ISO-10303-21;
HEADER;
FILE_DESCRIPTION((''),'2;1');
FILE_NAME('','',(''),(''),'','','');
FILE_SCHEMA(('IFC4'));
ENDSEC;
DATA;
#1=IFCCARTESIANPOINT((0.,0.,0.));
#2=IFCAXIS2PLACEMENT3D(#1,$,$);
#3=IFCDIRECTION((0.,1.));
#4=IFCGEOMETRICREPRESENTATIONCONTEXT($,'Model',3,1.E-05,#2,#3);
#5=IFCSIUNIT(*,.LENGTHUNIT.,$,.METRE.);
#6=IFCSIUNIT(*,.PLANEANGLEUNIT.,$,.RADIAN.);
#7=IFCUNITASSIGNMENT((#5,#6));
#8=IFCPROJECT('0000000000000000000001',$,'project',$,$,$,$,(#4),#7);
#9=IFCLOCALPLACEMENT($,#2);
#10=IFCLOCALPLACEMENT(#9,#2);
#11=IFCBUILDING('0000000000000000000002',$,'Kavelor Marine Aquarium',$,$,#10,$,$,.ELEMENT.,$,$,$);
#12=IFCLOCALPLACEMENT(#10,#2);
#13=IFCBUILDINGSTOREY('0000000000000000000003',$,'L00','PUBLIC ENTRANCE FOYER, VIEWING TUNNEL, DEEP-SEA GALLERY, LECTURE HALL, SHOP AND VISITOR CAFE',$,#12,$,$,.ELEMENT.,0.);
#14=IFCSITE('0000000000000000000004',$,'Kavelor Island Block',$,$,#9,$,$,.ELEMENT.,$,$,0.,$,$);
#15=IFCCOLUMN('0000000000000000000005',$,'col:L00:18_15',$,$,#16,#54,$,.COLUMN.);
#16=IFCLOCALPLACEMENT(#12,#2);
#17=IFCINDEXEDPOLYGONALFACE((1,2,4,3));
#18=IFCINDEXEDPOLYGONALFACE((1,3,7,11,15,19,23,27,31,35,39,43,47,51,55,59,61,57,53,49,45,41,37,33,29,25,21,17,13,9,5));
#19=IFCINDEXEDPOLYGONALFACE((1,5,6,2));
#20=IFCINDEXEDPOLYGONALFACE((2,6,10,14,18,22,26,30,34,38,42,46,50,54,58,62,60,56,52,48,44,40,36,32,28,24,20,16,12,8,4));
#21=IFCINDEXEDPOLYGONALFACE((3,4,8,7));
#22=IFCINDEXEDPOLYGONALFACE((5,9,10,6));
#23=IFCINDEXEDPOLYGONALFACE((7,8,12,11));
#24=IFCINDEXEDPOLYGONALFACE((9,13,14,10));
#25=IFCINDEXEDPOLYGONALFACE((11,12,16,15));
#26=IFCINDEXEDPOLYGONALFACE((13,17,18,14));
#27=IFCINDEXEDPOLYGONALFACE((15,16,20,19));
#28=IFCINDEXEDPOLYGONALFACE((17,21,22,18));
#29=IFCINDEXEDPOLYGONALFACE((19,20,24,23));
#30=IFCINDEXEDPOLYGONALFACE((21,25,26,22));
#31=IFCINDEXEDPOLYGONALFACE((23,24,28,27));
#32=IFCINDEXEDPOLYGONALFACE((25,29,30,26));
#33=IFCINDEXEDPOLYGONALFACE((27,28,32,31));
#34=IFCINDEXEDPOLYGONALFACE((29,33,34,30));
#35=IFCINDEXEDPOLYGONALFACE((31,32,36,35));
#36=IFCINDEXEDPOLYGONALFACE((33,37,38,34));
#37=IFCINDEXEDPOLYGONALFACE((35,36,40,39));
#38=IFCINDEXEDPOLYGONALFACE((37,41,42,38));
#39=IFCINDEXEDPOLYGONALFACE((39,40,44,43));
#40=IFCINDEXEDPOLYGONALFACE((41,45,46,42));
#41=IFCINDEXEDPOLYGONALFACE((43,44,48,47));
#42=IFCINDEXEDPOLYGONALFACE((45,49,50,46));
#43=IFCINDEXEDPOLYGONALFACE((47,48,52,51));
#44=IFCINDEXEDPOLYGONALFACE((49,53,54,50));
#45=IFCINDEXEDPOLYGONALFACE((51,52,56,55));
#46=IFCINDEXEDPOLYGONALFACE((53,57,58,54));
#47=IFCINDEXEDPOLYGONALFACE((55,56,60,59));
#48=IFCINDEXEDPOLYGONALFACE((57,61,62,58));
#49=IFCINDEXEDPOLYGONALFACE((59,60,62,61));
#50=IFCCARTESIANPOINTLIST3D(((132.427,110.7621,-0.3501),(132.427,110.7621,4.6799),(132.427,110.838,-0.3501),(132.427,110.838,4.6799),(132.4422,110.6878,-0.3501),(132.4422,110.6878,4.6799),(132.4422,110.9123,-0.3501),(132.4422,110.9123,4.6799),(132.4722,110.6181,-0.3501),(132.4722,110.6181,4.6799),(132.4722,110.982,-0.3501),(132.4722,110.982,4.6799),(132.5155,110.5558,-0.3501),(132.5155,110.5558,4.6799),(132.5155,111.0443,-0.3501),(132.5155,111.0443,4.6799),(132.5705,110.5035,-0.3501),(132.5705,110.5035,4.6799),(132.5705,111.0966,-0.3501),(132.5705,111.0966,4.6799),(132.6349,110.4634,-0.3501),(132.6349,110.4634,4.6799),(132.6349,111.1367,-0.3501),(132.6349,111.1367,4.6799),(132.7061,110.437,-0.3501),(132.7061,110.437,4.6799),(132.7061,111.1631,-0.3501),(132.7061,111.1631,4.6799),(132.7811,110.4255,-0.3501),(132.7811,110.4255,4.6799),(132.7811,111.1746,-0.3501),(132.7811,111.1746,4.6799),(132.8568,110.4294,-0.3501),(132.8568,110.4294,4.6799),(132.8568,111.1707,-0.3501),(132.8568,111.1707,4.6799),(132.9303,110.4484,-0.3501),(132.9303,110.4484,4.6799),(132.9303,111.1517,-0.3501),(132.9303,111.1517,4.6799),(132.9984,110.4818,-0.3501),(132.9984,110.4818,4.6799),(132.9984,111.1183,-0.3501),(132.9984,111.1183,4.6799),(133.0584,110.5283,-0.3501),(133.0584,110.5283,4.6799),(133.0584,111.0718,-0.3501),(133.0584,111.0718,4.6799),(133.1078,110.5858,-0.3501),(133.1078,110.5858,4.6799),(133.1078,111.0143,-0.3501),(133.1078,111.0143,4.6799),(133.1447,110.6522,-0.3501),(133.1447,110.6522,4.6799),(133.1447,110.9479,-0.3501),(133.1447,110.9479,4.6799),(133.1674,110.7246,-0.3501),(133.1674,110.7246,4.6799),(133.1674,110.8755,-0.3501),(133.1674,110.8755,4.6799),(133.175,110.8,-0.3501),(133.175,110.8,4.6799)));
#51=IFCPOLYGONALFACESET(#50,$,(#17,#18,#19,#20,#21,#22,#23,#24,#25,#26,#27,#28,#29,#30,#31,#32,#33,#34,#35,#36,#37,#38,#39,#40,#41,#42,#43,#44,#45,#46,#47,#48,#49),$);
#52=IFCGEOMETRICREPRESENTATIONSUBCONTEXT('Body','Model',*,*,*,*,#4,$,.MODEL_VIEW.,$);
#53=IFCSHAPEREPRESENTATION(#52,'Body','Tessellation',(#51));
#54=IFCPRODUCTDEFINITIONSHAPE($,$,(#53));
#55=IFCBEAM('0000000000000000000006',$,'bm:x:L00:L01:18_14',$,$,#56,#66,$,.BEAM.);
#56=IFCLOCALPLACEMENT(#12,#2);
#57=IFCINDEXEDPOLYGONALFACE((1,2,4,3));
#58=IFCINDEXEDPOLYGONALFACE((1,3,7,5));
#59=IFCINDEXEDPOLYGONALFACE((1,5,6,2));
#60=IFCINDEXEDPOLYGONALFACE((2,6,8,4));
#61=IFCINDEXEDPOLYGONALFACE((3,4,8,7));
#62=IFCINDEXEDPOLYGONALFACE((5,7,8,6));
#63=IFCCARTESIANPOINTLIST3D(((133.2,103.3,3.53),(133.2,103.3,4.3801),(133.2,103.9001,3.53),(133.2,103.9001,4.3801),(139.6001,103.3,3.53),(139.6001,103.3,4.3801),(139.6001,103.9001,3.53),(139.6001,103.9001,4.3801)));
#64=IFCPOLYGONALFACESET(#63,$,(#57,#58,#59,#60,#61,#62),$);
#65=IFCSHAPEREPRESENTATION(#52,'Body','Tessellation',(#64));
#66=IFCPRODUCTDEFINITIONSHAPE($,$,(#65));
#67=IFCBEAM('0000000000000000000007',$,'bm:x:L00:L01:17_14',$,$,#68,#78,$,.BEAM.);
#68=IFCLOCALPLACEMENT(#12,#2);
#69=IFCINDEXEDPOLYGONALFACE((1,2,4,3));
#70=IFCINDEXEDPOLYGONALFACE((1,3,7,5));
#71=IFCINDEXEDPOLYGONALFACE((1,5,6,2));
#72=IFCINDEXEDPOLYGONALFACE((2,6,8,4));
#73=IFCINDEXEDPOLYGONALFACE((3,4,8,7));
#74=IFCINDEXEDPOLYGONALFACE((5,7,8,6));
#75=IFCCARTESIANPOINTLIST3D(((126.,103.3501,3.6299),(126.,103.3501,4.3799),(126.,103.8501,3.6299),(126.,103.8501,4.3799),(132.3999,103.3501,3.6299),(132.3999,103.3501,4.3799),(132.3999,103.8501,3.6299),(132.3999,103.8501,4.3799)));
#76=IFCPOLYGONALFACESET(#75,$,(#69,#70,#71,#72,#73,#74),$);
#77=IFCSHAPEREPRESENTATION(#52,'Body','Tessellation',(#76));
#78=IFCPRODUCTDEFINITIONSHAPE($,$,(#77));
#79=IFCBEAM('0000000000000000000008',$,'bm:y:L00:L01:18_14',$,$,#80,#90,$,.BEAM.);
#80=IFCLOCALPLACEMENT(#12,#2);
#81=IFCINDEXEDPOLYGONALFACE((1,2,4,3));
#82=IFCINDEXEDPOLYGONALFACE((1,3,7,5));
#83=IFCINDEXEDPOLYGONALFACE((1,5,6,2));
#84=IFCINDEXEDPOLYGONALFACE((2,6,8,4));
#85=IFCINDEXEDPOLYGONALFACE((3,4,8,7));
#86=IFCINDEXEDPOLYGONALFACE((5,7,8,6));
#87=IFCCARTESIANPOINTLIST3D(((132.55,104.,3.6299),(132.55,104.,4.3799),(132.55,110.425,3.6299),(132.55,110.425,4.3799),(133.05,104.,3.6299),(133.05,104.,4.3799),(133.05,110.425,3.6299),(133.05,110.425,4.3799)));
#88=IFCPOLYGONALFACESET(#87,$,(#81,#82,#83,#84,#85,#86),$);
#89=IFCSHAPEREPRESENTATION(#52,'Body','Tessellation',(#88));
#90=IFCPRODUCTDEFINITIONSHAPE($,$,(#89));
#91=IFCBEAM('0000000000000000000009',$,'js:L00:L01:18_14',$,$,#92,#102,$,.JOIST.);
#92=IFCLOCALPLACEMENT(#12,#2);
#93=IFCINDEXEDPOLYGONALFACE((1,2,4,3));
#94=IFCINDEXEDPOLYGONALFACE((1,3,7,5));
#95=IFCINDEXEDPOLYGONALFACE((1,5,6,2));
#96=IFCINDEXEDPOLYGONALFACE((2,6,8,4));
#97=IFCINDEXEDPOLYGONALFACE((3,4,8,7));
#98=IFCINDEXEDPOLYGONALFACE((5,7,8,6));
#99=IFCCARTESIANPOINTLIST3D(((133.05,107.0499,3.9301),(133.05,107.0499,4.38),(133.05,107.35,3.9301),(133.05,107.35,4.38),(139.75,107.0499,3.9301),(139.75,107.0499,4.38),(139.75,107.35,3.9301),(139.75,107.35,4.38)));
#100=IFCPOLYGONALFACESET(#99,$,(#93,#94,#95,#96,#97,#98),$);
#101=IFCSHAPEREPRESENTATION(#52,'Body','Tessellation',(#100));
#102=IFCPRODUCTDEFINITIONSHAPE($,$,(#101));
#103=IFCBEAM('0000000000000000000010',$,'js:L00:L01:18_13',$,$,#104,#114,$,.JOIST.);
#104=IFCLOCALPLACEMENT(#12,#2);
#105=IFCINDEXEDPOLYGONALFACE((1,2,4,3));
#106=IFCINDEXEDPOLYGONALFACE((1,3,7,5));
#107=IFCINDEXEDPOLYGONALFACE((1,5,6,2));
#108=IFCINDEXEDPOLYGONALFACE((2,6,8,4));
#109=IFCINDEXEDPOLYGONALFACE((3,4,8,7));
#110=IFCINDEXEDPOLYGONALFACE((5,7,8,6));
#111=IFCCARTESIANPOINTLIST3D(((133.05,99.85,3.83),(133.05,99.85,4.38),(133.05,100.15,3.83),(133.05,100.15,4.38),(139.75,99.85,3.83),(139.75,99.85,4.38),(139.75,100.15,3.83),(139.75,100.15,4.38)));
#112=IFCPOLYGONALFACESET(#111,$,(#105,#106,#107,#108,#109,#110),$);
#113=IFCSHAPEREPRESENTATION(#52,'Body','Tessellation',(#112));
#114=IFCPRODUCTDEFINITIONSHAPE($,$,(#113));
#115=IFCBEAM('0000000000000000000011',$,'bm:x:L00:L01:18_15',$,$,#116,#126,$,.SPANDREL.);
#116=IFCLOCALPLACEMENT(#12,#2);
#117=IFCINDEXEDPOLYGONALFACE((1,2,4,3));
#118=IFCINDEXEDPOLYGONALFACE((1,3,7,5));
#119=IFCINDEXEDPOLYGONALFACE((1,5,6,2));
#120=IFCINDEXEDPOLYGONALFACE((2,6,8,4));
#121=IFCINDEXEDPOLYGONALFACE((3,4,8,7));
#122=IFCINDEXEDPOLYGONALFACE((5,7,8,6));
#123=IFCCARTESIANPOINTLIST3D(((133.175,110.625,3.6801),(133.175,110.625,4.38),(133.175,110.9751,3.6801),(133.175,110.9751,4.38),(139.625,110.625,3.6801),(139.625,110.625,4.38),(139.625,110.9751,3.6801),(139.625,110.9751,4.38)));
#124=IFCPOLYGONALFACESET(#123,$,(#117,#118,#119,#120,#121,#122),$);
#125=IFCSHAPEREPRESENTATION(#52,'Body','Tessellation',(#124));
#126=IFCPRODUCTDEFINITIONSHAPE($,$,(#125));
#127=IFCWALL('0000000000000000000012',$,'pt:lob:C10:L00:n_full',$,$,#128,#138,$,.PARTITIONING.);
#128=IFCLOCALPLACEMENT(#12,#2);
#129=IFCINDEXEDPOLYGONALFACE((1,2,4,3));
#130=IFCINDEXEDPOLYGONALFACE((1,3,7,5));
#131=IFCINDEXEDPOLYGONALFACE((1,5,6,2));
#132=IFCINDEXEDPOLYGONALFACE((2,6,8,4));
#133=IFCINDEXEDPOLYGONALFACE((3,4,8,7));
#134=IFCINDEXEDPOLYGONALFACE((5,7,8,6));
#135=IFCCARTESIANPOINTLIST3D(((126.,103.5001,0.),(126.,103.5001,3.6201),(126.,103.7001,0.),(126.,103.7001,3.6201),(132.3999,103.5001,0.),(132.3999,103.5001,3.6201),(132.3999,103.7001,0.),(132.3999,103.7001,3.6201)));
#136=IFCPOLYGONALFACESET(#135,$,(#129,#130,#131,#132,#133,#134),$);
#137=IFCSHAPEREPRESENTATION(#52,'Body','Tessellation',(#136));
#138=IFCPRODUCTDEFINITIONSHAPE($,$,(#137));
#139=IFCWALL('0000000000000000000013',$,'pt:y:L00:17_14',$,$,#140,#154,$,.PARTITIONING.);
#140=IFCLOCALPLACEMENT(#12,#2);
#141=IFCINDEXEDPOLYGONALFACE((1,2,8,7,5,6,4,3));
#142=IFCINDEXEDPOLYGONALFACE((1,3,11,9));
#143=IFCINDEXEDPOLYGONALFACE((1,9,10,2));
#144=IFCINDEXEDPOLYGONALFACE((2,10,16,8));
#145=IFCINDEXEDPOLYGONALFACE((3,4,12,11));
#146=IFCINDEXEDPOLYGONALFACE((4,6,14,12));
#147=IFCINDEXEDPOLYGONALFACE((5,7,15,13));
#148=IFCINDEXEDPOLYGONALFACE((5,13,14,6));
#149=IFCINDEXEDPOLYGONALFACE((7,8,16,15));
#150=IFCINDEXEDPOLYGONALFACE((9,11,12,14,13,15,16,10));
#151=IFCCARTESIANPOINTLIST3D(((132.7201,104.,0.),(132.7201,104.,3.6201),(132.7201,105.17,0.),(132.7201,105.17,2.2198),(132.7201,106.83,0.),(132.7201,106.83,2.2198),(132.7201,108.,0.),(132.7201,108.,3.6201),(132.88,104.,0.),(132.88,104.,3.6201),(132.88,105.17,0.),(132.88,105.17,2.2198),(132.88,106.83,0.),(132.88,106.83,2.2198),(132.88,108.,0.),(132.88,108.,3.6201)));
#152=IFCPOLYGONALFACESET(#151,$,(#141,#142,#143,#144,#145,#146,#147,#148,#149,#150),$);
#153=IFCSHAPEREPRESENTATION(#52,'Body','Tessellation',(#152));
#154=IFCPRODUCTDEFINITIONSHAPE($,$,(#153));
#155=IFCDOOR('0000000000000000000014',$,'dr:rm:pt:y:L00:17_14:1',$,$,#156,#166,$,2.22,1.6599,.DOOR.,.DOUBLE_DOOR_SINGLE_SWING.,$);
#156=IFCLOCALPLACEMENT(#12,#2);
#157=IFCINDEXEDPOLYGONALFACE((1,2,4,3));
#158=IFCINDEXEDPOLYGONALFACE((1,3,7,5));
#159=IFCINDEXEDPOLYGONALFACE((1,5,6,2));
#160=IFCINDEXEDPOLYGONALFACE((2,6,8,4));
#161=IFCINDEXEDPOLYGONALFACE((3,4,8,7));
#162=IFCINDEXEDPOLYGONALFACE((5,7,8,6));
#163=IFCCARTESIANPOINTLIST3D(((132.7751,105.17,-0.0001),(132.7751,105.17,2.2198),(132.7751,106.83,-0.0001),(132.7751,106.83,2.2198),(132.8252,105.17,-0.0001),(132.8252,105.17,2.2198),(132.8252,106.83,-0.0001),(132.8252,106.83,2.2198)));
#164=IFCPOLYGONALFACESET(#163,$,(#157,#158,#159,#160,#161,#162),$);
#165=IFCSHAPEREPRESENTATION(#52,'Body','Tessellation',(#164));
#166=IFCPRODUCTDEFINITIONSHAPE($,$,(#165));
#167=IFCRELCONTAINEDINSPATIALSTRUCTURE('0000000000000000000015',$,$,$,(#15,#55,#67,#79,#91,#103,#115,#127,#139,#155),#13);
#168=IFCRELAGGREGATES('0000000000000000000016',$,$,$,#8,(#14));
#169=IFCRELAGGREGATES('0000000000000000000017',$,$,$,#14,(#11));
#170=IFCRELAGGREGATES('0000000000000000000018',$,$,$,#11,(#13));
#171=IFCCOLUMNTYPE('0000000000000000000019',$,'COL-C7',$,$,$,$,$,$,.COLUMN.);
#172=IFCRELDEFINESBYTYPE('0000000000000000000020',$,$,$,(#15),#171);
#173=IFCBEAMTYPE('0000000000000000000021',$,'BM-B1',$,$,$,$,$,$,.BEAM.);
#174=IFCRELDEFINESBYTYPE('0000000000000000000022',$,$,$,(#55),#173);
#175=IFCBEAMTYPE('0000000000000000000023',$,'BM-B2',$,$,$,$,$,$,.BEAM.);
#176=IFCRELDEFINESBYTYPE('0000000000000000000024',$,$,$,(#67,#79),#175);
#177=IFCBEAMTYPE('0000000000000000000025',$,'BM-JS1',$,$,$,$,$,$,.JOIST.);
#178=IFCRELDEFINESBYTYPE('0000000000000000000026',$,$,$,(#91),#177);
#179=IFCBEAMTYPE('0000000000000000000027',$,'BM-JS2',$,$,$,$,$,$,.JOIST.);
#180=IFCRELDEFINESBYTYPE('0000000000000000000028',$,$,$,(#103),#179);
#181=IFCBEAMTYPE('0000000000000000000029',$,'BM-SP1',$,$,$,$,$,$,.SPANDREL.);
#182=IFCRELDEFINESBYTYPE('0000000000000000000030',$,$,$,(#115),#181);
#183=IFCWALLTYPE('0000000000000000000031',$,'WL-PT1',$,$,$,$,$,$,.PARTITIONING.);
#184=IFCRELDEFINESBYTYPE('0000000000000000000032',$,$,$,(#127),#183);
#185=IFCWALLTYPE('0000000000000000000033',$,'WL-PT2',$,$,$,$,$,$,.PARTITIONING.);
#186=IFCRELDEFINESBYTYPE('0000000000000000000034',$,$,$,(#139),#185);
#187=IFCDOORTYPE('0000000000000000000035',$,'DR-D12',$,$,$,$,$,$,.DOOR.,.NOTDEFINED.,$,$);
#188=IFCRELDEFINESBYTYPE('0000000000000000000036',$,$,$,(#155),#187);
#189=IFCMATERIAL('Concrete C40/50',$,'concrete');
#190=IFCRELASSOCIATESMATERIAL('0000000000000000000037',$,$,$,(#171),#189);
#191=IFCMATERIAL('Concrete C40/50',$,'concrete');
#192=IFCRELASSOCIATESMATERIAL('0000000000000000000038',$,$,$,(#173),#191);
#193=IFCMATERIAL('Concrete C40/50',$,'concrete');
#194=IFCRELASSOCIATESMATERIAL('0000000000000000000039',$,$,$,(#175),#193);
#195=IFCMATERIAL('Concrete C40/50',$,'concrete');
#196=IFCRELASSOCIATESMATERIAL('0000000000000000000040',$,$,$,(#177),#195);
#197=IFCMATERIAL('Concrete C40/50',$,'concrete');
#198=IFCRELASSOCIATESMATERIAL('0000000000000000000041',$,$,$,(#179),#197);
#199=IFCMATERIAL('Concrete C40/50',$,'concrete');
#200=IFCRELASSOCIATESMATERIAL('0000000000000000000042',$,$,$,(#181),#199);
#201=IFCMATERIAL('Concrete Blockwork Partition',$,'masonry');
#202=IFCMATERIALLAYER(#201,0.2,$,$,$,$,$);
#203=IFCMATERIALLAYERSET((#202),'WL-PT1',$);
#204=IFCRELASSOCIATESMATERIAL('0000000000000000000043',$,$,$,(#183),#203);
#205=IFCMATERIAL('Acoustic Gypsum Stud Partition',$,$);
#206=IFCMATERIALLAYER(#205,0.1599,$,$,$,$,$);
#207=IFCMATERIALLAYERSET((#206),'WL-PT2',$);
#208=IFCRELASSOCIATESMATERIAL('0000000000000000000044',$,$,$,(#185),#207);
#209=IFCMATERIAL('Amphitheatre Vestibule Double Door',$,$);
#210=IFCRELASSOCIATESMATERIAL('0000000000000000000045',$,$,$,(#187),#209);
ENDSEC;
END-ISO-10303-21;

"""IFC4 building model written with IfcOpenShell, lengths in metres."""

from ifc_helpers import new_model, si_unit, direction, frame, frame_2d, origin, origin_2d, place, context, subcontext, project, spatial, rectangle, circle, extrude, material, layer, layer_set, material_profile, profile_set, type_object, element, fill, save


model = new_model("IFC4")

# Units and contexts
model_context = context("Model", 3, precision=1e-05, world=origin(), true_north=direction((0.0, 1.0)))
body_context = subcontext(model_context, "Body", "Model", "MODEL_VIEW")
ifc_project = project(units=[si_unit("LENGTHUNIT", "METRE"), si_unit("PLANEANGLEUNIT", "RADIAN")], contexts=[model_context])

# Site, building, storey
site_placement = place(None, origin())
site = spatial("IfcSite", under=ifc_project, at=site_placement, Name="Kavelor Island Block", CompositionType="ELEMENT", RefElevation=0.0)
building_placement = place(site_placement, origin())
building = spatial("IfcBuilding", under=site, at=building_placement, Name="Kavelor Marine Aquarium", CompositionType="ELEMENT")
storey_placement = place(building_placement, origin())
storey = spatial("IfcBuildingStorey", under=building, at=storey_placement, Name="L00", Description="PUBLIC ENTRANCE FOYER, VIEWING TUNNEL, DEEP-SEA GALLERY, LECTURE HALL, SHOP AND VISITOR CAFE", CompositionType="ELEMENT", Elevation=0.0)

# Column
ifc_material_1 = material(Name="Concrete C40/50", Category="concrete")
ifc_material_profile_1 = material_profile(ifc_material_1, circle(Radius=0.375, at=origin_2d()), Name="RC-COL D750")
ifc_profile_set_1 = profile_set([ifc_material_profile_1], Name="Concrete C40/50")
column_type_1 = type_object("IfcColumnType", Name="COL-C7", PredefinedType="COLUMN", material=ifc_profile_set_1)
column_1_placement = place(storey_placement, frame((132.8, 110.8, -0.3501), z_axis=(0.0, 0.0, 1.0), x_axis=(1.0, 0.0, 0.0)))
element("IfcColumn", 1, at=column_1_placement, inside=storey, type_object=column_type_1, Name="col:L00:18_15", PredefinedType="COLUMN", context=body_context, shape_type="SweptSolid", body=[
    extrude(circle(Radius=0.375, at=origin_2d()), origin(), (0.0, 0.0, 1.0), 5.03),
])

# Beams
ifc_material_2 = material(Name="Concrete C40/50", Category="concrete")
ifc_material_profile_2 = material_profile(ifc_material_2, rectangle(XDim=0.6001, YDim=0.8501, at=origin_2d()), Name="RC-BM 600x850")
ifc_profile_set_2 = profile_set([ifc_material_profile_2], Name="Concrete C40/50")
beam_type_1 = type_object("IfcBeamType", Name="BM-B1", PredefinedType="BEAM", material=ifc_profile_set_2)
beam_1_placement = place(storey_placement, frame((133.2, 103.6001, 3.9551), z_axis=(1.0, 0.0, 0.0), x_axis=(0.0, 1.0, 0.0)))
element("IfcBeam", 2, at=beam_1_placement, inside=storey, type_object=beam_type_1, Name="bm:x:L00:L01:18_14", PredefinedType="BEAM", context=body_context, shape_type="SweptSolid", body=[
    extrude(rectangle(XDim=0.6001, YDim=0.8501, at=origin_2d()), origin(), (0.0, 0.0, 1.0), 6.4001),
])
ifc_material_3 = material(Name="Concrete C40/50", Category="concrete")
ifc_material_profile_3 = material_profile(ifc_material_3, rectangle(XDim=0.5, YDim=0.75, at=origin_2d()), Name="RC-BM 500x750")
ifc_profile_set_3 = profile_set([ifc_material_profile_3], Name="Concrete C40/50")
beam_type_2 = type_object("IfcBeamType", Name="BM-B2", PredefinedType="BEAM", material=ifc_profile_set_3)
beam_2_placement = place(storey_placement, frame((126.0, 103.6001, 4.0049), z_axis=(1.0, 0.0, 0.0), x_axis=(0.0, 1.0, 0.0)))
element("IfcBeam", 3, at=beam_2_placement, inside=storey, type_object=beam_type_2, Name="bm:x:L00:L01:17_14", PredefinedType="BEAM", context=body_context, shape_type="SweptSolid", body=[
    extrude(rectangle(XDim=0.5, YDim=0.75, at=origin_2d()), origin(), (0.0, 0.0, 1.0), 6.3999),
])
beam_3_placement = place(storey_placement, frame((132.8, 104.0, 4.0049), z_axis=(0.0, 1.0, 0.0), x_axis=(-1.0, 0.0, 0.0)))
element("IfcBeam", 4, at=beam_3_placement, inside=storey, type_object=beam_type_2, Name="bm:y:L00:L01:18_14", PredefinedType="BEAM", context=body_context, shape_type="SweptSolid", body=[
    extrude(rectangle(XDim=0.5, YDim=0.75, at=origin_2d()), origin(), (0.0, 0.0, 1.0), 6.425),
])
ifc_material_4 = material(Name="Concrete C40/50", Category="concrete")
ifc_material_profile_4 = material_profile(ifc_material_4, rectangle(XDim=0.3, YDim=0.45, at=origin_2d()), Name="RC-JS 300x450")
ifc_profile_set_4 = profile_set([ifc_material_profile_4], Name="Concrete C40/50")
beam_type_3 = type_object("IfcBeamType", Name="BM-JS1", PredefinedType="JOIST", material=ifc_profile_set_4)
beam_4_placement = place(storey_placement, frame((133.05, 107.2, 4.155), z_axis=(1.0, 0.0, 0.0), x_axis=(0.0, 1.0, 0.0)))
element("IfcBeam", 5, at=beam_4_placement, inside=storey, type_object=beam_type_3, Name="js:L00:L01:18_14", PredefinedType="JOIST", context=body_context, shape_type="SweptSolid", body=[
    extrude(rectangle(XDim=0.3, YDim=0.45, at=origin_2d()), origin(), (0.0, 0.0, 1.0), 6.7),
])
ifc_material_5 = material(Name="Concrete C40/50", Category="concrete")
ifc_material_profile_5 = material_profile(ifc_material_5, rectangle(XDim=0.3, YDim=0.55, at=origin_2d()), Name="RC-JS 300x550")
ifc_profile_set_5 = profile_set([ifc_material_profile_5], Name="Concrete C40/50")
beam_type_4 = type_object("IfcBeamType", Name="BM-JS2", PredefinedType="JOIST", material=ifc_profile_set_5)
beam_5_placement = place(storey_placement, frame((133.05, 100.0, 4.105), z_axis=(1.0, 0.0, 0.0), x_axis=(0.0, 1.0, 0.0)))
element("IfcBeam", 6, at=beam_5_placement, inside=storey, type_object=beam_type_4, Name="js:L00:L01:18_13", PredefinedType="JOIST", context=body_context, shape_type="SweptSolid", body=[
    extrude(rectangle(XDim=0.3, YDim=0.55, at=origin_2d()), origin(), (0.0, 0.0, 1.0), 6.7),
])
ifc_material_6 = material(Name="Concrete C40/50", Category="concrete")
ifc_material_profile_6 = material_profile(ifc_material_6, rectangle(XDim=0.3501, YDim=0.7, at=origin_2d()), Name="RC-SP 350x700")
ifc_profile_set_6 = profile_set([ifc_material_profile_6], Name="Concrete C40/50")
beam_type_5 = type_object("IfcBeamType", Name="BM-SP1", PredefinedType="SPANDREL", material=ifc_profile_set_6)
beam_6_placement = place(storey_placement, frame((133.175, 110.8, 4.03), z_axis=(1.0, 0.0, 0.0), x_axis=(0.0, 1.0, 0.0)))
element("IfcBeam", 7, at=beam_6_placement, inside=storey, type_object=beam_type_5, Name="bm:x:L00:L01:18_15", PredefinedType="SPANDREL", context=body_context, shape_type="SweptSolid", body=[
    extrude(rectangle(XDim=0.3501, YDim=0.7, at=origin_2d()), origin(), (0.0, 0.0, 1.0), 6.45),
])

# Wall
ifc_material_7 = material(Name="Concrete Blockwork Partition", Category="masonry")
ifc_layer_1 = layer(ifc_material_7, 0.2)
ifc_layer_set_1 = layer_set([ifc_layer_1], Name="WL-PT1")
wall_type_1 = type_object("IfcWallType", Name="WL-PT1", PredefinedType="PARTITIONING", material=ifc_layer_set_1)
wall_1_placement = place(storey_placement, frame((126.0, 103.6001, 0.0), z_axis=(0.0, 0.0, 1.0), x_axis=(1.0, 0.0, 0.0)))
element("IfcWall", 8, at=wall_1_placement, inside=storey, type_object=wall_type_1, Name="pt:lob:C10:L00:n_full", PredefinedType="PARTITIONING", context=body_context, shape_type="SweptSolid", body=[
    extrude(rectangle(XDim=6.3999, YDim=0.2, at=frame_2d((3.2, 0.0))), origin(), (0.0, 0.0, 1.0), 3.6201),
])

# Wall, opening, door
ifc_material_8 = material(Name="Acoustic Gypsum Stud Partition")
ifc_layer_2 = layer(ifc_material_8, 0.1599)
ifc_layer_set_2 = layer_set([ifc_layer_2], Name="WL-PT2")
wall_type_2 = type_object("IfcWallType", Name="WL-PT2", PredefinedType="PARTITIONING", material=ifc_layer_set_2)
wall_2_placement = place(storey_placement, frame((132.8, 104.0, 0.0), z_axis=(0.0, 0.0, 1.0), x_axis=(0.0, 1.0, 0.0)))
wall_2 = element("IfcWall", 9, at=wall_2_placement, inside=storey, type_object=wall_type_2, Name="pt:y:L00:17_14", PredefinedType="PARTITIONING", context=body_context, shape_type="SweptSolid", body=[
    extrude(rectangle(XDim=4.0, YDim=0.1599, at=frame_2d((2.0, 0.0))), origin(), (0.0, 0.0, 1.0), 3.6201),
])
opening_1_placement = place(wall_2_placement, frame((1.1699, 0.0, 0.0)))
opening_1 = element("IfcOpeningElement", 10, at=opening_1_placement, cuts=wall_2, PredefinedType="OPENING", context=body_context, shape_type="SweptSolid", body=[
    extrude(rectangle(XDim=1.6599, YDim=2.22, at=frame_2d((0.8301, 1.1099))), frame((0.0, 0.0898, 0.0), z_axis=(0.0, -1.0, 0.0), x_axis=(1.0, 0.0, 0.0)), (0.0, 0.0, 1.0), 0.1799),
])
ifc_material_9 = material(Name="Amphitheatre Vestibule Double Door")
door_type_1 = type_object("IfcDoorType", Name="DR-D12", OperationType="NOTDEFINED", PredefinedType="DOOR", material=ifc_material_9)
door_1_placement = place(opening_1_placement, origin())
door_1 = element("IfcDoor", 11, at=door_1_placement, inside=storey, type_object=door_type_1, Name="dr:rm:pt:y:L00:17_14:1", OperationType="DOUBLE_DOOR_SINGLE_SWING", OverallHeight=2.22, OverallWidth=1.6599, PredefinedType="DOOR", context=body_context, shape_type="SweptSolid", body=[
    extrude(rectangle(XDim=1.6599, YDim=2.22, at=frame_2d((0.8301, 1.1099))), frame((0.0, 0.0249, 0.0), z_axis=(0.0, -1.0, 0.0), x_axis=(1.0, 0.0, 0.0)), (0.0, 0.0, 1.0), 0.05),
])
fill(opening_1, door_1)

save(model, "model.ifc")
